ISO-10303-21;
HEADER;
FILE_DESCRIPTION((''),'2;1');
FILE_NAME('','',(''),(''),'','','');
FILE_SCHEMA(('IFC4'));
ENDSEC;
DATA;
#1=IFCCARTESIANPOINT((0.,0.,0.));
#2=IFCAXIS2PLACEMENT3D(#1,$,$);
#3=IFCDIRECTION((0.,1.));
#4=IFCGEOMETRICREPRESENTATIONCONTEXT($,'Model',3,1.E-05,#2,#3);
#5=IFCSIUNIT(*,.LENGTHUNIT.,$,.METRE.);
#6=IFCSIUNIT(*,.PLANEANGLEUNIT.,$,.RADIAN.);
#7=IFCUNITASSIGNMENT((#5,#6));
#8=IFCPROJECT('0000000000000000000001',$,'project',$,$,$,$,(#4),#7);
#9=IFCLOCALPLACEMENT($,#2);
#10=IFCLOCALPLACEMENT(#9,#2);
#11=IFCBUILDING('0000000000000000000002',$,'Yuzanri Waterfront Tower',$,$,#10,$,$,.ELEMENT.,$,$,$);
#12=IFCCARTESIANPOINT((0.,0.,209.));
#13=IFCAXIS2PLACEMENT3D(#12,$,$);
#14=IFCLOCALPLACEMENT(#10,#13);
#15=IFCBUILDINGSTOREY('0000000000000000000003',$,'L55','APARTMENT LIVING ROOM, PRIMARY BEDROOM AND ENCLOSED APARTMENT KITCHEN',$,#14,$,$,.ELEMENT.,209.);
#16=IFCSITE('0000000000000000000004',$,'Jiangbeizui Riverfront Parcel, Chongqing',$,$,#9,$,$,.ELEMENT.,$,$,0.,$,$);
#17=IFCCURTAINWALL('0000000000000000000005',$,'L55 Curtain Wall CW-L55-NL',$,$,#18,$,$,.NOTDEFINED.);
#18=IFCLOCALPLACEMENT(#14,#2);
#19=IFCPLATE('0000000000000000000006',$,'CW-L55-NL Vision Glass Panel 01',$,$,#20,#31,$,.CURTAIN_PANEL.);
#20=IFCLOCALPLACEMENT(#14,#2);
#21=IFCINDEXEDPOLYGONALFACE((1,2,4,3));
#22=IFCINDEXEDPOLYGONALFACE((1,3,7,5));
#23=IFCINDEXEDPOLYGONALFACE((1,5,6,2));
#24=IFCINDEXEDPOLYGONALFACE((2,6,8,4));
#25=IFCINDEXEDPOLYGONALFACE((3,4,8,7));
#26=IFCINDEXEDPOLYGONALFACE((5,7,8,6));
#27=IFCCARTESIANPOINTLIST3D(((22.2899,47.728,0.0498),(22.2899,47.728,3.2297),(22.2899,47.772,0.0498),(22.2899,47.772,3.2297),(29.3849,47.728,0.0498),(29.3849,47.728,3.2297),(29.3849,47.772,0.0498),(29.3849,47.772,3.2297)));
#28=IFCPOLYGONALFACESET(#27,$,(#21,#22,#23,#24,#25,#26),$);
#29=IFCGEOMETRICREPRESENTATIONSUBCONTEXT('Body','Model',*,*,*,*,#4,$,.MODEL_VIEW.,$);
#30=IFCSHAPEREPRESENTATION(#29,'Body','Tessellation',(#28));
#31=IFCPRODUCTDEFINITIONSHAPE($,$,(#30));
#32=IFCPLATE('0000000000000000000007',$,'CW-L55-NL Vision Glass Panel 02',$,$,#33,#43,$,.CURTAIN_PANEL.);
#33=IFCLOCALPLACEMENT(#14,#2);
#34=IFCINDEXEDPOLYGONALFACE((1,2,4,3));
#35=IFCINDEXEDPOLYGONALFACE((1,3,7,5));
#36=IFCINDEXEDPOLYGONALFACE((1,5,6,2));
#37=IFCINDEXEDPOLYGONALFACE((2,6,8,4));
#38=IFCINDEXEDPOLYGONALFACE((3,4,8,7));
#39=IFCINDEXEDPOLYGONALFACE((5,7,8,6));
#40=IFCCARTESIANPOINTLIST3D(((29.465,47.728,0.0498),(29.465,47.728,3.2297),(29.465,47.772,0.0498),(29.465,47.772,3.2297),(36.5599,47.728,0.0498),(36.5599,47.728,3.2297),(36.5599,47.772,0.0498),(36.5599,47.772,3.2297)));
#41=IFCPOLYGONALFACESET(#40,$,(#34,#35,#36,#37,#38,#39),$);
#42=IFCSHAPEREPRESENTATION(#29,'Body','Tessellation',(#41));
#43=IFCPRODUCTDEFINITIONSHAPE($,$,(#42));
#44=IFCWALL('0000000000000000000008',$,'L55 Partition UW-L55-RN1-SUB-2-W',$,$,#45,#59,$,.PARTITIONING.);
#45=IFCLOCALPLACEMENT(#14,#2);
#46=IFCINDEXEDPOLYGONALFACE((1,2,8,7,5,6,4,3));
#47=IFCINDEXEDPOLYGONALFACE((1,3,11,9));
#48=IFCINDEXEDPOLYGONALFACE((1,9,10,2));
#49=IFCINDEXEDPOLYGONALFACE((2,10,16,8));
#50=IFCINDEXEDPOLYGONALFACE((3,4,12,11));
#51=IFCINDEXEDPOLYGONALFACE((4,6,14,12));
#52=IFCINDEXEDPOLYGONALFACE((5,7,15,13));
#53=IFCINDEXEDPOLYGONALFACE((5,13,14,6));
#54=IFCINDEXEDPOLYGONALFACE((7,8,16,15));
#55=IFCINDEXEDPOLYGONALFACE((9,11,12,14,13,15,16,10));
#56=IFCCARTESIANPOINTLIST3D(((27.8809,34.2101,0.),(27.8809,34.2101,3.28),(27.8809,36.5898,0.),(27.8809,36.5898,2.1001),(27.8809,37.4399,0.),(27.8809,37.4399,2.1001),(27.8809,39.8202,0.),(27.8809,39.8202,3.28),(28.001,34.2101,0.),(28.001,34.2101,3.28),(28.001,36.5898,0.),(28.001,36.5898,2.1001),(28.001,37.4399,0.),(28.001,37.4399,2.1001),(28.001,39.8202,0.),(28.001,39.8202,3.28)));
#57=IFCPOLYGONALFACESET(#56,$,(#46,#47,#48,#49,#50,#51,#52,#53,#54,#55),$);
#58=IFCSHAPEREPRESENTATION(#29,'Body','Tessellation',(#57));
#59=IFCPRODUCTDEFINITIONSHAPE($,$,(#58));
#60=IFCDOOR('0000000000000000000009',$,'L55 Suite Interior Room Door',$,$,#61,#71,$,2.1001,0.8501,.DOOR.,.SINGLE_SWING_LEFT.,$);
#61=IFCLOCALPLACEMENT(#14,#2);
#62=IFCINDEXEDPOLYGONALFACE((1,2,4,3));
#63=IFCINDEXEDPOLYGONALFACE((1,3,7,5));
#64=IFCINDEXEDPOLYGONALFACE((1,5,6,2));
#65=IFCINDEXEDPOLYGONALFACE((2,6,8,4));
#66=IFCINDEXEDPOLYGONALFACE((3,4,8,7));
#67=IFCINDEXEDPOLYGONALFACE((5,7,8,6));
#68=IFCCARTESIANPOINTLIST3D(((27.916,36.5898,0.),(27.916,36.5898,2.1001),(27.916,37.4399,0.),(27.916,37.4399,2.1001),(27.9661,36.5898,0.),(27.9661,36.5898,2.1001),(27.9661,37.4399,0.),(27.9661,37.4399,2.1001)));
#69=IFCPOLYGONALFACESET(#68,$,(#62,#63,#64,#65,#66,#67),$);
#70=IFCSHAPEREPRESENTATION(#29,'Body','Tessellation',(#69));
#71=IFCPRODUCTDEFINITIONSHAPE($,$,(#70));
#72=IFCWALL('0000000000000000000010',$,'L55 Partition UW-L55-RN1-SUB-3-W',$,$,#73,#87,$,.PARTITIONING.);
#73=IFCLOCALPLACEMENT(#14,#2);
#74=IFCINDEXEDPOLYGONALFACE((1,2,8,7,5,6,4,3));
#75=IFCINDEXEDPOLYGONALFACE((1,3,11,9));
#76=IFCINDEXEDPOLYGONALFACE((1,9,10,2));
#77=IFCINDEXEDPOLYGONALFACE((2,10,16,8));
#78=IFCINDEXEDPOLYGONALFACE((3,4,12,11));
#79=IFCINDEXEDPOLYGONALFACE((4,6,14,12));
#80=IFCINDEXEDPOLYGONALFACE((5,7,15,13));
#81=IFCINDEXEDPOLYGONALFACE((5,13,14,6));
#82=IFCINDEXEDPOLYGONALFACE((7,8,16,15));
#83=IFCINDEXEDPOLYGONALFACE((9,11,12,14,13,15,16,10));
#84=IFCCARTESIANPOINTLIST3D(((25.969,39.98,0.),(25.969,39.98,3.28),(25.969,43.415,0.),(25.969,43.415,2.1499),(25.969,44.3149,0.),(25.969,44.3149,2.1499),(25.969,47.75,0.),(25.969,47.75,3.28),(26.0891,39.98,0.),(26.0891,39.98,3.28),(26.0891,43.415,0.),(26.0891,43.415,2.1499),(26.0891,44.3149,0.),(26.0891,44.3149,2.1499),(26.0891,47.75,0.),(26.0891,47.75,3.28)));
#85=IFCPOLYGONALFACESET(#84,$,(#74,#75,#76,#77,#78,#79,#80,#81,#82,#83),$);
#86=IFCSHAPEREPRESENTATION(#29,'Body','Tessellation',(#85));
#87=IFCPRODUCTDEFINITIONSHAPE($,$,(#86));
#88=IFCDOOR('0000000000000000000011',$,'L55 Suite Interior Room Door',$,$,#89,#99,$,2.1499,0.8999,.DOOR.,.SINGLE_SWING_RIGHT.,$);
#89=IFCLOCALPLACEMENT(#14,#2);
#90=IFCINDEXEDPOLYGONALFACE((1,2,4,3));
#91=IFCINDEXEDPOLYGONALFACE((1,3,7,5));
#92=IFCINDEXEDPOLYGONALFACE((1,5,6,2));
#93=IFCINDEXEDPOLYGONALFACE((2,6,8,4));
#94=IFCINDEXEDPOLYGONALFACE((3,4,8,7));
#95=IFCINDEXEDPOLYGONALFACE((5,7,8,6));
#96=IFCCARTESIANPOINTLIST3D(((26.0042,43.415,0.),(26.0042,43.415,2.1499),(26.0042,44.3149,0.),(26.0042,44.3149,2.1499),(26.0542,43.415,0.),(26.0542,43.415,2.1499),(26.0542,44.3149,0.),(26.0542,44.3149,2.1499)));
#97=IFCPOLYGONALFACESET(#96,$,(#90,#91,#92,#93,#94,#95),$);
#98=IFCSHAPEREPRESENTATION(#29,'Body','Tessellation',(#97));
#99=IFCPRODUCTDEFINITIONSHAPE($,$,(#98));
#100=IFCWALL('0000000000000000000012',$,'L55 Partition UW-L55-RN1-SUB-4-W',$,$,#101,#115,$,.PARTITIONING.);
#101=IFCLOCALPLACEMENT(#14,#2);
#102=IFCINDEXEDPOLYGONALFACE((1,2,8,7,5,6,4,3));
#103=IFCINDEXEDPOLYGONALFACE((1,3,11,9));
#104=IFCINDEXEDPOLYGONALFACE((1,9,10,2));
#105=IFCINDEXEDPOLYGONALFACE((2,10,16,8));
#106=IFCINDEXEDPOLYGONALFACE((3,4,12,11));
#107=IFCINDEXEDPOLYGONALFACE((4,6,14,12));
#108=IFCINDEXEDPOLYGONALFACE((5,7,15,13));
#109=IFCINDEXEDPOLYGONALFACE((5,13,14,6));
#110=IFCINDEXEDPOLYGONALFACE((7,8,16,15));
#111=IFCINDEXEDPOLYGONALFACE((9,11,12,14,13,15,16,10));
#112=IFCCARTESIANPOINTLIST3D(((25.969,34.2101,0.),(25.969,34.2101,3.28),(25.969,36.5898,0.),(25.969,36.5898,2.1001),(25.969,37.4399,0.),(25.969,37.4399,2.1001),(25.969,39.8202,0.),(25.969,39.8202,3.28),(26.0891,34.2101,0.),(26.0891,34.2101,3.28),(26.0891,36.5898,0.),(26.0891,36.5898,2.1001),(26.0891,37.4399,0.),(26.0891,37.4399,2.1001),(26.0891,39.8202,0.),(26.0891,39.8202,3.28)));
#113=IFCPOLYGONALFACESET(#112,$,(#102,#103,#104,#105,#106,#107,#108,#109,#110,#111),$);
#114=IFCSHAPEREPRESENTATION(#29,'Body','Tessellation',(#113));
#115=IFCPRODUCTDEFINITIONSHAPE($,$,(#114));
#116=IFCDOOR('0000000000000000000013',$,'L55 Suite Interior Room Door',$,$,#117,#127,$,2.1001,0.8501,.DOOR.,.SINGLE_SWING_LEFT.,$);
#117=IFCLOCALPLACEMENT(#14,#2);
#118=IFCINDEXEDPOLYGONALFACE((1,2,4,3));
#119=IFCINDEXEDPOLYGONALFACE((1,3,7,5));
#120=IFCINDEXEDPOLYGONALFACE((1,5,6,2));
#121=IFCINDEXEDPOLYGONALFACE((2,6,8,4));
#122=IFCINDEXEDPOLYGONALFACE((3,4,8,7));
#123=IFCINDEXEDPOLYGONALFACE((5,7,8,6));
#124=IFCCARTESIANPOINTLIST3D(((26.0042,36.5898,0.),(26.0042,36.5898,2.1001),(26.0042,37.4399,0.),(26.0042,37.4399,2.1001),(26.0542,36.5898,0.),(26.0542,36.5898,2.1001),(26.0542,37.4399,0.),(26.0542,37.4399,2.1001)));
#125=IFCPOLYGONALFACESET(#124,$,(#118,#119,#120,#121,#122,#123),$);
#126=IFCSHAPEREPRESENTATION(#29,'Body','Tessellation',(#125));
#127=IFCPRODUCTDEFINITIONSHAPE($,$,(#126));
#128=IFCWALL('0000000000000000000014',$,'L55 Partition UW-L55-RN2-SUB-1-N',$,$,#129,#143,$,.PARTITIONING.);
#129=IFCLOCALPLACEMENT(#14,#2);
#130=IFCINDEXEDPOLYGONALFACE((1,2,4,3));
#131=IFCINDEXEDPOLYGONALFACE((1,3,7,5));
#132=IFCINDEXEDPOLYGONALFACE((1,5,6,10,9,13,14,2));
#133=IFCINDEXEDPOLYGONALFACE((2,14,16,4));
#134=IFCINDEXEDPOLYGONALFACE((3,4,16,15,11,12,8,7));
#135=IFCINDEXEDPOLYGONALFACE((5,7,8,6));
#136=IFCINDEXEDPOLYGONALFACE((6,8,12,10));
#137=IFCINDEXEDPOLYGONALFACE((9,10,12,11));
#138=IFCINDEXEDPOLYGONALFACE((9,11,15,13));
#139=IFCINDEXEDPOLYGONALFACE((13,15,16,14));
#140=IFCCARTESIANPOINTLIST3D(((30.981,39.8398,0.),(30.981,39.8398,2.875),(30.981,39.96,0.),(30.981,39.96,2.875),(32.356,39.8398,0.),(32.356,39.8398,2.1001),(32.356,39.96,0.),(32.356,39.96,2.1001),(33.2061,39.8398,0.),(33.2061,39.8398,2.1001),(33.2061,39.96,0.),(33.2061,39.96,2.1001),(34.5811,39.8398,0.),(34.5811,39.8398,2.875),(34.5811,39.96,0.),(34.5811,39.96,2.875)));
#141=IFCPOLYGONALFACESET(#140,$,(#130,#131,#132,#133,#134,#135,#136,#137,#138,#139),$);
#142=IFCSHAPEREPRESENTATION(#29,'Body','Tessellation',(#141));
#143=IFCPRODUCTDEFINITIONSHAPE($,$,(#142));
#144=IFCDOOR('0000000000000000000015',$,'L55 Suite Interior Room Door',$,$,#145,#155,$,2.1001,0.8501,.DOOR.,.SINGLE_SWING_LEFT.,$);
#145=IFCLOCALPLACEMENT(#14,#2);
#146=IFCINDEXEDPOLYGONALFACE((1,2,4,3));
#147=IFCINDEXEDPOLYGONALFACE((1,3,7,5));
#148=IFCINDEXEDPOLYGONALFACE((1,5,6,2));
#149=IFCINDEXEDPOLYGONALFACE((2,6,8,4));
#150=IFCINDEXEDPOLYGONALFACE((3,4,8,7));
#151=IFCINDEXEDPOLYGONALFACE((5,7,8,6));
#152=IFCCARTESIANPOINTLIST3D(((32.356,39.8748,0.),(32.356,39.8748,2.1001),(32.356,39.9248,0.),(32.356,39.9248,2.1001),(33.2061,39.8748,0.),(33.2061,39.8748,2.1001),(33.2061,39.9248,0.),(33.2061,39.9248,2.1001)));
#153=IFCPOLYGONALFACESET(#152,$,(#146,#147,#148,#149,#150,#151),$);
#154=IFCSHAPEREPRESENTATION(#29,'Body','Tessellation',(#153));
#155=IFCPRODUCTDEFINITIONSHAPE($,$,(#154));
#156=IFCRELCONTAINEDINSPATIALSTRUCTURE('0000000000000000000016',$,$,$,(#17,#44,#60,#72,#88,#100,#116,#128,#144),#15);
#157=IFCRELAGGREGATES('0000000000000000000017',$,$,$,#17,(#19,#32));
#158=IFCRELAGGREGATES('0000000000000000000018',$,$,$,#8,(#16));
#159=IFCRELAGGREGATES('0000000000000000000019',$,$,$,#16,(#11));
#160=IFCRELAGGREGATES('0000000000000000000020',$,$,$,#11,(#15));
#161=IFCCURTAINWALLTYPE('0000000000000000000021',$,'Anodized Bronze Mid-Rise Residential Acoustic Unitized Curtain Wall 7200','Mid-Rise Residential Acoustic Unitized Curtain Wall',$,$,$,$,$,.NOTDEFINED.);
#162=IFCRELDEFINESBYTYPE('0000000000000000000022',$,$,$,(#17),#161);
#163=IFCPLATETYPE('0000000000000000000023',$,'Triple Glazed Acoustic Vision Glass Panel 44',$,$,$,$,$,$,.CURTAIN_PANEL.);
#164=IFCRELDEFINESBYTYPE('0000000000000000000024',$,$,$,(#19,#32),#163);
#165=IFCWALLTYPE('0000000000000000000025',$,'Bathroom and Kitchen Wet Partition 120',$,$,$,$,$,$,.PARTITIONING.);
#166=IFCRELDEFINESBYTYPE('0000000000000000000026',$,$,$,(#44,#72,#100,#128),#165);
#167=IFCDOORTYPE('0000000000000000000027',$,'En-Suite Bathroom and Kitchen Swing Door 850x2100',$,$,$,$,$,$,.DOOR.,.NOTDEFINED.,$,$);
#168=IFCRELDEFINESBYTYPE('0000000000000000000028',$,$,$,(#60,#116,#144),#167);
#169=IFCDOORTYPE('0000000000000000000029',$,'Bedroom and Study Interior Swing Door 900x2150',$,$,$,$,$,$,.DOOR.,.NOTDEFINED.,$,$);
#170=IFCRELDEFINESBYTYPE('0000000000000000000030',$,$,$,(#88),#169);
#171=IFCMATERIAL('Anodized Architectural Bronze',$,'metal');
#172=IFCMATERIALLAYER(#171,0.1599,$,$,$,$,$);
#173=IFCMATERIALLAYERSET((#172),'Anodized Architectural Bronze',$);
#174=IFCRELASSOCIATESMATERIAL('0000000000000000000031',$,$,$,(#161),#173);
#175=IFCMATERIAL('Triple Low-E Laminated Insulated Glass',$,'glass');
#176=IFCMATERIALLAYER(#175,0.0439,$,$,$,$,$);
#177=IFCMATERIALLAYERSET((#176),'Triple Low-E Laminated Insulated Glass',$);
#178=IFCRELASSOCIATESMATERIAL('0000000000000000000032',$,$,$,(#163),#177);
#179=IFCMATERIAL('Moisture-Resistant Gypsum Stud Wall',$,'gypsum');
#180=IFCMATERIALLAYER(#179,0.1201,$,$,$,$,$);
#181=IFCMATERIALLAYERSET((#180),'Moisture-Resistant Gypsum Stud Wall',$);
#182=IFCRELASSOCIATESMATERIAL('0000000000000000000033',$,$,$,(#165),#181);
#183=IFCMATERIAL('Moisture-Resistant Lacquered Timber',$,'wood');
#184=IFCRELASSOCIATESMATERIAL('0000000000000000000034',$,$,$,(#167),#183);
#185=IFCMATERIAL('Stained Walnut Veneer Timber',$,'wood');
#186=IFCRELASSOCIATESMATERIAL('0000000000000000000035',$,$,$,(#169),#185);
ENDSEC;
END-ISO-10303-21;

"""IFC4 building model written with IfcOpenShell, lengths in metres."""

from ifc_helpers import new_model, si_unit, direction, frame, frame_2d, origin, origin_2d, place, context, subcontext, project, spatial, rectangle, extrude, source, transform, mapped, material, layer, layer_set, type_object, element, fill, aggregate, save


model = new_model("IFC4")

# Units and contexts
model_context = context("Model", 3, precision=1e-05, world=origin(), true_north=direction((0.0, 1.0)))
body_context = subcontext(model_context, "Body", "Model", "MODEL_VIEW")
ifc_project = project(units=[si_unit("LENGTHUNIT", "METRE"), si_unit("PLANEANGLEUNIT", "RADIAN")], contexts=[model_context])

# Site, building, storey
site_placement = place(None, origin())
site = spatial("IfcSite", under=ifc_project, at=site_placement, Name="Jiangbeizui Riverfront Parcel, Chongqing", CompositionType="ELEMENT", RefElevation=0.0)
building_placement = place(site_placement, origin())
building = spatial("IfcBuilding", under=site, at=building_placement, Name="Yuzanri Waterfront Tower", CompositionType="ELEMENT")
storey_placement = place(building_placement, frame((0.0, 0.0, 209.0)))
storey = spatial("IfcBuildingStorey", under=building, at=storey_placement, Name="L55", Description="APARTMENT LIVING ROOM, PRIMARY BEDROOM AND ENCLOSED APARTMENT KITCHEN", CompositionType="ELEMENT", Elevation=209.0)

# Curtain wall, plates
ifc_material_1 = material(Name="Anodized Architectural Bronze", Category="metal")
ifc_layer_1 = layer(ifc_material_1, 0.1599)
ifc_layer_set_1 = layer_set([ifc_layer_1], Name="Anodized Architectural Bronze")
curtain_wall_type = type_object("IfcCurtainWallType", Name="Anodized Bronze Mid-Rise Residential Acoustic Unitized Curtain Wall 7200", Description="Mid-Rise Residential Acoustic Unitized Curtain Wall", PredefinedType="NOTDEFINED", material=ifc_layer_set_1)
curtain_wall_placement = place(storey_placement, origin())
curtain_wall = element("IfcCurtainWall", 1, at=curtain_wall_placement, inside=storey, type_object=curtain_wall_type, Name="L55 Curtain Wall CW-L55-NL", PredefinedType="NOTDEFINED")
ifc_material_2 = material(Name="Triple Low-E Laminated Insulated Glass", Category="glass")
ifc_layer_2 = layer(ifc_material_2, 0.0439)
ifc_layer_set_2 = layer_set([ifc_layer_2], Name="Triple Low-E Laminated Insulated Glass")
plate_type = type_object("IfcPlateType", Name="Triple Glazed Acoustic Vision Glass Panel 44", PredefinedType="CURTAIN_PANEL", material=ifc_layer_set_2)
shared_shape_1 = source(origin(), body_context, "Body", "SweptSolid", [
    extrude(rectangle(XDim=7.095, YDim=0.0439, at=origin_2d()), origin(), (0.0, 0.0, 1.0), 3.1799),
])
plate_1_placement = place(storey_placement, frame((25.8374, 47.75, 0.0498), z_axis=(0.0, 0.0, 1.0), x_axis=(1.0, 0.0, 0.0)))
plate_1 = element("IfcPlate", 2, at=plate_1_placement, type_object=plate_type, Name="CW-L55-NL Vision Glass Panel 01", PredefinedType="CURTAIN_PANEL", context=body_context, shape_type="MappedRepresentation", body=[
    mapped(shared_shape_1, transform((0.0, 0.0, 0.0), scale=1.0)),
])
plate_2_placement = place(storey_placement, frame((33.0125, 47.75, 0.0498), z_axis=(0.0, 0.0, 1.0), x_axis=(1.0, 0.0, 0.0)))
plate_2 = element("IfcPlate", 3, at=plate_2_placement, type_object=plate_type, Name="CW-L55-NL Vision Glass Panel 02", PredefinedType="CURTAIN_PANEL", context=body_context, shape_type="MappedRepresentation", body=[
    mapped(shared_shape_1, transform((0.0, 0.0, 0.0), scale=1.0)),
])
aggregate(curtain_wall, [plate_1, plate_2])

# Walls, openings, doors
ifc_material_3 = material(Name="Moisture-Resistant Gypsum Stud Wall", Category="gypsum")
ifc_layer_3 = layer(ifc_material_3, 0.1201)
ifc_layer_set_3 = layer_set([ifc_layer_3], Name="Moisture-Resistant Gypsum Stud Wall")
wall_type_1 = type_object("IfcWallType", Name="Bathroom and Kitchen Wet Partition 120", PredefinedType="PARTITIONING", material=ifc_layer_set_3)
wall_1_placement = place(storey_placement, frame((27.9409, 34.21, 0.0), z_axis=(0.0, 0.0, 1.0), x_axis=(0.0, 1.0, 0.0)))
wall_1 = element("IfcWall", 4, at=wall_1_placement, inside=storey, type_object=wall_type_1, Name="L55 Partition UW-L55-RN1-SUB-2-W", PredefinedType="PARTITIONING", context=body_context, shape_type="SweptSolid", body=[
    extrude(rectangle(XDim=5.6101, YDim=0.1201, at=frame_2d((2.8052, 0.0))), origin(), (0.0, 0.0, 1.0), 3.28),
])
opening_1_placement = place(wall_1_placement, frame((2.3799, 0.0, 0.0)))
opening_1 = element("IfcOpeningElement", 5, at=opening_1_placement, cuts=wall_1, PredefinedType="OPENING", context=body_context, shape_type="SweptSolid", body=[
    extrude(rectangle(XDim=0.8501, YDim=2.1001, at=frame_2d((0.425, 1.05))), frame((0.0, 0.075, 0.0), z_axis=(0.0, -1.0, 0.0), x_axis=(1.0, 0.0, 0.0)), (0.0, 0.0, 1.0), 0.1499),
])
ifc_material_4 = material(Name="Moisture-Resistant Lacquered Timber", Category="wood")
door_type_1 = type_object("IfcDoorType", Name="En-Suite Bathroom and Kitchen Swing Door 850x2100", OperationType="NOTDEFINED", PredefinedType="DOOR", material=ifc_material_4)
shared_shape_2 = source(origin(), body_context, "Body", "SweptSolid", [
    extrude(rectangle(XDim=0.8501, YDim=2.1001, at=frame_2d((0.425, 1.05))), frame((0.0, 0.0249, 0.0), z_axis=(0.0, -1.0, 0.0), x_axis=(1.0, 0.0, 0.0)), (0.0, 0.0, 1.0), 0.05),
])
door_1_placement = place(opening_1_placement, origin())
door_1 = element("IfcDoor", 6, at=door_1_placement, inside=storey, type_object=door_type_1, Name="L55 Suite Interior Room Door", OperationType="SINGLE_SWING_LEFT", OverallHeight=2.1001, OverallWidth=0.8501, PredefinedType="DOOR", context=body_context, shape_type="MappedRepresentation", body=[
    mapped(shared_shape_2, transform((0.0, 0.0, 0.0), scale=1.0)),
])
fill(opening_1, door_1)
wall_2_placement = place(storey_placement, frame((26.0291, 39.98, 0.0), z_axis=(0.0, 0.0, 1.0), x_axis=(0.0, 1.0, 0.0)))
wall_2 = element("IfcWall", 7, at=wall_2_placement, inside=storey, type_object=wall_type_1, Name="L55 Partition UW-L55-RN1-SUB-3-W", PredefinedType="PARTITIONING", context=body_context, shape_type="SweptSolid", body=[
    extrude(rectangle(XDim=7.77, YDim=0.1201, at=frame_2d((3.885, 0.0))), origin(), (0.0, 0.0, 1.0), 3.28),
])
opening_2_placement = place(wall_2_placement, frame((3.4351, 0.0, 0.0)))
opening_2 = element("IfcOpeningElement", 8, at=opening_2_placement, cuts=wall_2, PredefinedType="OPENING", context=body_context, shape_type="SweptSolid", body=[
    extrude(rectangle(XDim=0.8999, YDim=2.1499, at=frame_2d((0.45, 1.075))), frame((0.0, 0.075, 0.0), z_axis=(0.0, -1.0, 0.0), x_axis=(1.0, 0.0, 0.0)), (0.0, 0.0, 1.0), 0.1499),
])
ifc_material_5 = material(Name="Stained Walnut Veneer Timber", Category="wood")
door_type_2 = type_object("IfcDoorType", Name="Bedroom and Study Interior Swing Door 900x2150", OperationType="NOTDEFINED", PredefinedType="DOOR", material=ifc_material_5)
shared_shape_3 = source(origin(), body_context, "Body", "SweptSolid", [
    extrude(rectangle(XDim=0.8999, YDim=2.1499, at=frame_2d((0.45, 1.075))), frame((0.0, 0.0249, 0.0), z_axis=(0.0, -1.0, 0.0), x_axis=(1.0, 0.0, 0.0)), (0.0, 0.0, 1.0), 0.05),
])
door_2_placement = place(opening_2_placement, origin())
door_2 = element("IfcDoor", 9, at=door_2_placement, inside=storey, type_object=door_type_2, Name="L55 Suite Interior Room Door", OperationType="SINGLE_SWING_RIGHT", OverallHeight=2.1499, OverallWidth=0.8999, PredefinedType="DOOR", context=body_context, shape_type="MappedRepresentation", body=[
    mapped(shared_shape_3, transform((0.0, 0.0, 0.0), scale=1.0)),
])
fill(opening_2, door_2)
wall_3_placement = place(storey_placement, frame((26.0291, 34.21, 0.0), z_axis=(0.0, 0.0, 1.0), x_axis=(0.0, 1.0, 0.0)))
wall_3 = element("IfcWall", 10, at=wall_3_placement, inside=storey, type_object=wall_type_1, Name="L55 Partition UW-L55-RN1-SUB-4-W", PredefinedType="PARTITIONING", context=body_context, shape_type="SweptSolid", body=[
    extrude(rectangle(XDim=5.6101, YDim=0.1201, at=frame_2d((2.8052, 0.0))), origin(), (0.0, 0.0, 1.0), 3.28),
])
opening_3_placement = place(wall_3_placement, frame((2.3799, 0.0, 0.0)))
opening_3 = element("IfcOpeningElement", 11, at=opening_3_placement, cuts=wall_3, PredefinedType="OPENING", context=body_context, shape_type="SweptSolid", body=[
    extrude(rectangle(XDim=0.8501, YDim=2.1001, at=frame_2d((0.425, 1.05))), frame((0.0, 0.075, 0.0), z_axis=(0.0, -1.0, 0.0), x_axis=(1.0, 0.0, 0.0)), (0.0, 0.0, 1.0), 0.1499),
])
door_3_placement = place(opening_3_placement, origin())
door_3 = element("IfcDoor", 12, at=door_3_placement, inside=storey, type_object=door_type_1, Name="L55 Suite Interior Room Door", OperationType="SINGLE_SWING_LEFT", OverallHeight=2.1001, OverallWidth=0.8501, PredefinedType="DOOR", context=body_context, shape_type="MappedRepresentation", body=[
    mapped(shared_shape_2, transform((0.0, 0.0, 0.0), scale=1.0)),
])
fill(opening_3, door_3)
wall_4_placement = place(storey_placement, frame((30.981, 39.8999, 0.0), z_axis=(0.0, 0.0, 1.0), x_axis=(1.0, 0.0, 0.0)))
wall_4 = element("IfcWall", 13, at=wall_4_placement, inside=storey, type_object=wall_type_1, Name="L55 Partition UW-L55-RN2-SUB-1-N", PredefinedType="PARTITIONING", context=body_context, shape_type="SweptSolid", body=[
    extrude(rectangle(XDim=3.6001, YDim=0.1201, at=frame_2d((1.8, 0.0))), origin(), (0.0, 0.0, 1.0), 2.875),
])
opening_4_placement = place(wall_4_placement, frame((1.375, 0.0, 0.0)))
opening_4 = element("IfcOpeningElement", 14, at=opening_4_placement, cuts=wall_4, PredefinedType="OPENING", context=body_context, shape_type="SweptSolid", body=[
    extrude(rectangle(XDim=0.8501, YDim=2.1001, at=frame_2d((0.425, 1.05))), frame((0.0, 0.075, 0.0), z_axis=(0.0, -1.0, 0.0), x_axis=(1.0, 0.0, 0.0)), (0.0, 0.0, 1.0), 0.1499),
])
door_4_placement = place(opening_4_placement, origin())
door_4 = element("IfcDoor", 15, at=door_4_placement, inside=storey, type_object=door_type_1, Name="L55 Suite Interior Room Door", OperationType="SINGLE_SWING_LEFT", OverallHeight=2.1001, OverallWidth=0.8501, PredefinedType="DOOR", context=body_context, shape_type="MappedRepresentation", body=[
    mapped(shared_shape_2, transform((0.0, 0.0, 0.0), scale=1.0)),
])
fill(opening_4, door_4)

save(model, "model.ifc")
